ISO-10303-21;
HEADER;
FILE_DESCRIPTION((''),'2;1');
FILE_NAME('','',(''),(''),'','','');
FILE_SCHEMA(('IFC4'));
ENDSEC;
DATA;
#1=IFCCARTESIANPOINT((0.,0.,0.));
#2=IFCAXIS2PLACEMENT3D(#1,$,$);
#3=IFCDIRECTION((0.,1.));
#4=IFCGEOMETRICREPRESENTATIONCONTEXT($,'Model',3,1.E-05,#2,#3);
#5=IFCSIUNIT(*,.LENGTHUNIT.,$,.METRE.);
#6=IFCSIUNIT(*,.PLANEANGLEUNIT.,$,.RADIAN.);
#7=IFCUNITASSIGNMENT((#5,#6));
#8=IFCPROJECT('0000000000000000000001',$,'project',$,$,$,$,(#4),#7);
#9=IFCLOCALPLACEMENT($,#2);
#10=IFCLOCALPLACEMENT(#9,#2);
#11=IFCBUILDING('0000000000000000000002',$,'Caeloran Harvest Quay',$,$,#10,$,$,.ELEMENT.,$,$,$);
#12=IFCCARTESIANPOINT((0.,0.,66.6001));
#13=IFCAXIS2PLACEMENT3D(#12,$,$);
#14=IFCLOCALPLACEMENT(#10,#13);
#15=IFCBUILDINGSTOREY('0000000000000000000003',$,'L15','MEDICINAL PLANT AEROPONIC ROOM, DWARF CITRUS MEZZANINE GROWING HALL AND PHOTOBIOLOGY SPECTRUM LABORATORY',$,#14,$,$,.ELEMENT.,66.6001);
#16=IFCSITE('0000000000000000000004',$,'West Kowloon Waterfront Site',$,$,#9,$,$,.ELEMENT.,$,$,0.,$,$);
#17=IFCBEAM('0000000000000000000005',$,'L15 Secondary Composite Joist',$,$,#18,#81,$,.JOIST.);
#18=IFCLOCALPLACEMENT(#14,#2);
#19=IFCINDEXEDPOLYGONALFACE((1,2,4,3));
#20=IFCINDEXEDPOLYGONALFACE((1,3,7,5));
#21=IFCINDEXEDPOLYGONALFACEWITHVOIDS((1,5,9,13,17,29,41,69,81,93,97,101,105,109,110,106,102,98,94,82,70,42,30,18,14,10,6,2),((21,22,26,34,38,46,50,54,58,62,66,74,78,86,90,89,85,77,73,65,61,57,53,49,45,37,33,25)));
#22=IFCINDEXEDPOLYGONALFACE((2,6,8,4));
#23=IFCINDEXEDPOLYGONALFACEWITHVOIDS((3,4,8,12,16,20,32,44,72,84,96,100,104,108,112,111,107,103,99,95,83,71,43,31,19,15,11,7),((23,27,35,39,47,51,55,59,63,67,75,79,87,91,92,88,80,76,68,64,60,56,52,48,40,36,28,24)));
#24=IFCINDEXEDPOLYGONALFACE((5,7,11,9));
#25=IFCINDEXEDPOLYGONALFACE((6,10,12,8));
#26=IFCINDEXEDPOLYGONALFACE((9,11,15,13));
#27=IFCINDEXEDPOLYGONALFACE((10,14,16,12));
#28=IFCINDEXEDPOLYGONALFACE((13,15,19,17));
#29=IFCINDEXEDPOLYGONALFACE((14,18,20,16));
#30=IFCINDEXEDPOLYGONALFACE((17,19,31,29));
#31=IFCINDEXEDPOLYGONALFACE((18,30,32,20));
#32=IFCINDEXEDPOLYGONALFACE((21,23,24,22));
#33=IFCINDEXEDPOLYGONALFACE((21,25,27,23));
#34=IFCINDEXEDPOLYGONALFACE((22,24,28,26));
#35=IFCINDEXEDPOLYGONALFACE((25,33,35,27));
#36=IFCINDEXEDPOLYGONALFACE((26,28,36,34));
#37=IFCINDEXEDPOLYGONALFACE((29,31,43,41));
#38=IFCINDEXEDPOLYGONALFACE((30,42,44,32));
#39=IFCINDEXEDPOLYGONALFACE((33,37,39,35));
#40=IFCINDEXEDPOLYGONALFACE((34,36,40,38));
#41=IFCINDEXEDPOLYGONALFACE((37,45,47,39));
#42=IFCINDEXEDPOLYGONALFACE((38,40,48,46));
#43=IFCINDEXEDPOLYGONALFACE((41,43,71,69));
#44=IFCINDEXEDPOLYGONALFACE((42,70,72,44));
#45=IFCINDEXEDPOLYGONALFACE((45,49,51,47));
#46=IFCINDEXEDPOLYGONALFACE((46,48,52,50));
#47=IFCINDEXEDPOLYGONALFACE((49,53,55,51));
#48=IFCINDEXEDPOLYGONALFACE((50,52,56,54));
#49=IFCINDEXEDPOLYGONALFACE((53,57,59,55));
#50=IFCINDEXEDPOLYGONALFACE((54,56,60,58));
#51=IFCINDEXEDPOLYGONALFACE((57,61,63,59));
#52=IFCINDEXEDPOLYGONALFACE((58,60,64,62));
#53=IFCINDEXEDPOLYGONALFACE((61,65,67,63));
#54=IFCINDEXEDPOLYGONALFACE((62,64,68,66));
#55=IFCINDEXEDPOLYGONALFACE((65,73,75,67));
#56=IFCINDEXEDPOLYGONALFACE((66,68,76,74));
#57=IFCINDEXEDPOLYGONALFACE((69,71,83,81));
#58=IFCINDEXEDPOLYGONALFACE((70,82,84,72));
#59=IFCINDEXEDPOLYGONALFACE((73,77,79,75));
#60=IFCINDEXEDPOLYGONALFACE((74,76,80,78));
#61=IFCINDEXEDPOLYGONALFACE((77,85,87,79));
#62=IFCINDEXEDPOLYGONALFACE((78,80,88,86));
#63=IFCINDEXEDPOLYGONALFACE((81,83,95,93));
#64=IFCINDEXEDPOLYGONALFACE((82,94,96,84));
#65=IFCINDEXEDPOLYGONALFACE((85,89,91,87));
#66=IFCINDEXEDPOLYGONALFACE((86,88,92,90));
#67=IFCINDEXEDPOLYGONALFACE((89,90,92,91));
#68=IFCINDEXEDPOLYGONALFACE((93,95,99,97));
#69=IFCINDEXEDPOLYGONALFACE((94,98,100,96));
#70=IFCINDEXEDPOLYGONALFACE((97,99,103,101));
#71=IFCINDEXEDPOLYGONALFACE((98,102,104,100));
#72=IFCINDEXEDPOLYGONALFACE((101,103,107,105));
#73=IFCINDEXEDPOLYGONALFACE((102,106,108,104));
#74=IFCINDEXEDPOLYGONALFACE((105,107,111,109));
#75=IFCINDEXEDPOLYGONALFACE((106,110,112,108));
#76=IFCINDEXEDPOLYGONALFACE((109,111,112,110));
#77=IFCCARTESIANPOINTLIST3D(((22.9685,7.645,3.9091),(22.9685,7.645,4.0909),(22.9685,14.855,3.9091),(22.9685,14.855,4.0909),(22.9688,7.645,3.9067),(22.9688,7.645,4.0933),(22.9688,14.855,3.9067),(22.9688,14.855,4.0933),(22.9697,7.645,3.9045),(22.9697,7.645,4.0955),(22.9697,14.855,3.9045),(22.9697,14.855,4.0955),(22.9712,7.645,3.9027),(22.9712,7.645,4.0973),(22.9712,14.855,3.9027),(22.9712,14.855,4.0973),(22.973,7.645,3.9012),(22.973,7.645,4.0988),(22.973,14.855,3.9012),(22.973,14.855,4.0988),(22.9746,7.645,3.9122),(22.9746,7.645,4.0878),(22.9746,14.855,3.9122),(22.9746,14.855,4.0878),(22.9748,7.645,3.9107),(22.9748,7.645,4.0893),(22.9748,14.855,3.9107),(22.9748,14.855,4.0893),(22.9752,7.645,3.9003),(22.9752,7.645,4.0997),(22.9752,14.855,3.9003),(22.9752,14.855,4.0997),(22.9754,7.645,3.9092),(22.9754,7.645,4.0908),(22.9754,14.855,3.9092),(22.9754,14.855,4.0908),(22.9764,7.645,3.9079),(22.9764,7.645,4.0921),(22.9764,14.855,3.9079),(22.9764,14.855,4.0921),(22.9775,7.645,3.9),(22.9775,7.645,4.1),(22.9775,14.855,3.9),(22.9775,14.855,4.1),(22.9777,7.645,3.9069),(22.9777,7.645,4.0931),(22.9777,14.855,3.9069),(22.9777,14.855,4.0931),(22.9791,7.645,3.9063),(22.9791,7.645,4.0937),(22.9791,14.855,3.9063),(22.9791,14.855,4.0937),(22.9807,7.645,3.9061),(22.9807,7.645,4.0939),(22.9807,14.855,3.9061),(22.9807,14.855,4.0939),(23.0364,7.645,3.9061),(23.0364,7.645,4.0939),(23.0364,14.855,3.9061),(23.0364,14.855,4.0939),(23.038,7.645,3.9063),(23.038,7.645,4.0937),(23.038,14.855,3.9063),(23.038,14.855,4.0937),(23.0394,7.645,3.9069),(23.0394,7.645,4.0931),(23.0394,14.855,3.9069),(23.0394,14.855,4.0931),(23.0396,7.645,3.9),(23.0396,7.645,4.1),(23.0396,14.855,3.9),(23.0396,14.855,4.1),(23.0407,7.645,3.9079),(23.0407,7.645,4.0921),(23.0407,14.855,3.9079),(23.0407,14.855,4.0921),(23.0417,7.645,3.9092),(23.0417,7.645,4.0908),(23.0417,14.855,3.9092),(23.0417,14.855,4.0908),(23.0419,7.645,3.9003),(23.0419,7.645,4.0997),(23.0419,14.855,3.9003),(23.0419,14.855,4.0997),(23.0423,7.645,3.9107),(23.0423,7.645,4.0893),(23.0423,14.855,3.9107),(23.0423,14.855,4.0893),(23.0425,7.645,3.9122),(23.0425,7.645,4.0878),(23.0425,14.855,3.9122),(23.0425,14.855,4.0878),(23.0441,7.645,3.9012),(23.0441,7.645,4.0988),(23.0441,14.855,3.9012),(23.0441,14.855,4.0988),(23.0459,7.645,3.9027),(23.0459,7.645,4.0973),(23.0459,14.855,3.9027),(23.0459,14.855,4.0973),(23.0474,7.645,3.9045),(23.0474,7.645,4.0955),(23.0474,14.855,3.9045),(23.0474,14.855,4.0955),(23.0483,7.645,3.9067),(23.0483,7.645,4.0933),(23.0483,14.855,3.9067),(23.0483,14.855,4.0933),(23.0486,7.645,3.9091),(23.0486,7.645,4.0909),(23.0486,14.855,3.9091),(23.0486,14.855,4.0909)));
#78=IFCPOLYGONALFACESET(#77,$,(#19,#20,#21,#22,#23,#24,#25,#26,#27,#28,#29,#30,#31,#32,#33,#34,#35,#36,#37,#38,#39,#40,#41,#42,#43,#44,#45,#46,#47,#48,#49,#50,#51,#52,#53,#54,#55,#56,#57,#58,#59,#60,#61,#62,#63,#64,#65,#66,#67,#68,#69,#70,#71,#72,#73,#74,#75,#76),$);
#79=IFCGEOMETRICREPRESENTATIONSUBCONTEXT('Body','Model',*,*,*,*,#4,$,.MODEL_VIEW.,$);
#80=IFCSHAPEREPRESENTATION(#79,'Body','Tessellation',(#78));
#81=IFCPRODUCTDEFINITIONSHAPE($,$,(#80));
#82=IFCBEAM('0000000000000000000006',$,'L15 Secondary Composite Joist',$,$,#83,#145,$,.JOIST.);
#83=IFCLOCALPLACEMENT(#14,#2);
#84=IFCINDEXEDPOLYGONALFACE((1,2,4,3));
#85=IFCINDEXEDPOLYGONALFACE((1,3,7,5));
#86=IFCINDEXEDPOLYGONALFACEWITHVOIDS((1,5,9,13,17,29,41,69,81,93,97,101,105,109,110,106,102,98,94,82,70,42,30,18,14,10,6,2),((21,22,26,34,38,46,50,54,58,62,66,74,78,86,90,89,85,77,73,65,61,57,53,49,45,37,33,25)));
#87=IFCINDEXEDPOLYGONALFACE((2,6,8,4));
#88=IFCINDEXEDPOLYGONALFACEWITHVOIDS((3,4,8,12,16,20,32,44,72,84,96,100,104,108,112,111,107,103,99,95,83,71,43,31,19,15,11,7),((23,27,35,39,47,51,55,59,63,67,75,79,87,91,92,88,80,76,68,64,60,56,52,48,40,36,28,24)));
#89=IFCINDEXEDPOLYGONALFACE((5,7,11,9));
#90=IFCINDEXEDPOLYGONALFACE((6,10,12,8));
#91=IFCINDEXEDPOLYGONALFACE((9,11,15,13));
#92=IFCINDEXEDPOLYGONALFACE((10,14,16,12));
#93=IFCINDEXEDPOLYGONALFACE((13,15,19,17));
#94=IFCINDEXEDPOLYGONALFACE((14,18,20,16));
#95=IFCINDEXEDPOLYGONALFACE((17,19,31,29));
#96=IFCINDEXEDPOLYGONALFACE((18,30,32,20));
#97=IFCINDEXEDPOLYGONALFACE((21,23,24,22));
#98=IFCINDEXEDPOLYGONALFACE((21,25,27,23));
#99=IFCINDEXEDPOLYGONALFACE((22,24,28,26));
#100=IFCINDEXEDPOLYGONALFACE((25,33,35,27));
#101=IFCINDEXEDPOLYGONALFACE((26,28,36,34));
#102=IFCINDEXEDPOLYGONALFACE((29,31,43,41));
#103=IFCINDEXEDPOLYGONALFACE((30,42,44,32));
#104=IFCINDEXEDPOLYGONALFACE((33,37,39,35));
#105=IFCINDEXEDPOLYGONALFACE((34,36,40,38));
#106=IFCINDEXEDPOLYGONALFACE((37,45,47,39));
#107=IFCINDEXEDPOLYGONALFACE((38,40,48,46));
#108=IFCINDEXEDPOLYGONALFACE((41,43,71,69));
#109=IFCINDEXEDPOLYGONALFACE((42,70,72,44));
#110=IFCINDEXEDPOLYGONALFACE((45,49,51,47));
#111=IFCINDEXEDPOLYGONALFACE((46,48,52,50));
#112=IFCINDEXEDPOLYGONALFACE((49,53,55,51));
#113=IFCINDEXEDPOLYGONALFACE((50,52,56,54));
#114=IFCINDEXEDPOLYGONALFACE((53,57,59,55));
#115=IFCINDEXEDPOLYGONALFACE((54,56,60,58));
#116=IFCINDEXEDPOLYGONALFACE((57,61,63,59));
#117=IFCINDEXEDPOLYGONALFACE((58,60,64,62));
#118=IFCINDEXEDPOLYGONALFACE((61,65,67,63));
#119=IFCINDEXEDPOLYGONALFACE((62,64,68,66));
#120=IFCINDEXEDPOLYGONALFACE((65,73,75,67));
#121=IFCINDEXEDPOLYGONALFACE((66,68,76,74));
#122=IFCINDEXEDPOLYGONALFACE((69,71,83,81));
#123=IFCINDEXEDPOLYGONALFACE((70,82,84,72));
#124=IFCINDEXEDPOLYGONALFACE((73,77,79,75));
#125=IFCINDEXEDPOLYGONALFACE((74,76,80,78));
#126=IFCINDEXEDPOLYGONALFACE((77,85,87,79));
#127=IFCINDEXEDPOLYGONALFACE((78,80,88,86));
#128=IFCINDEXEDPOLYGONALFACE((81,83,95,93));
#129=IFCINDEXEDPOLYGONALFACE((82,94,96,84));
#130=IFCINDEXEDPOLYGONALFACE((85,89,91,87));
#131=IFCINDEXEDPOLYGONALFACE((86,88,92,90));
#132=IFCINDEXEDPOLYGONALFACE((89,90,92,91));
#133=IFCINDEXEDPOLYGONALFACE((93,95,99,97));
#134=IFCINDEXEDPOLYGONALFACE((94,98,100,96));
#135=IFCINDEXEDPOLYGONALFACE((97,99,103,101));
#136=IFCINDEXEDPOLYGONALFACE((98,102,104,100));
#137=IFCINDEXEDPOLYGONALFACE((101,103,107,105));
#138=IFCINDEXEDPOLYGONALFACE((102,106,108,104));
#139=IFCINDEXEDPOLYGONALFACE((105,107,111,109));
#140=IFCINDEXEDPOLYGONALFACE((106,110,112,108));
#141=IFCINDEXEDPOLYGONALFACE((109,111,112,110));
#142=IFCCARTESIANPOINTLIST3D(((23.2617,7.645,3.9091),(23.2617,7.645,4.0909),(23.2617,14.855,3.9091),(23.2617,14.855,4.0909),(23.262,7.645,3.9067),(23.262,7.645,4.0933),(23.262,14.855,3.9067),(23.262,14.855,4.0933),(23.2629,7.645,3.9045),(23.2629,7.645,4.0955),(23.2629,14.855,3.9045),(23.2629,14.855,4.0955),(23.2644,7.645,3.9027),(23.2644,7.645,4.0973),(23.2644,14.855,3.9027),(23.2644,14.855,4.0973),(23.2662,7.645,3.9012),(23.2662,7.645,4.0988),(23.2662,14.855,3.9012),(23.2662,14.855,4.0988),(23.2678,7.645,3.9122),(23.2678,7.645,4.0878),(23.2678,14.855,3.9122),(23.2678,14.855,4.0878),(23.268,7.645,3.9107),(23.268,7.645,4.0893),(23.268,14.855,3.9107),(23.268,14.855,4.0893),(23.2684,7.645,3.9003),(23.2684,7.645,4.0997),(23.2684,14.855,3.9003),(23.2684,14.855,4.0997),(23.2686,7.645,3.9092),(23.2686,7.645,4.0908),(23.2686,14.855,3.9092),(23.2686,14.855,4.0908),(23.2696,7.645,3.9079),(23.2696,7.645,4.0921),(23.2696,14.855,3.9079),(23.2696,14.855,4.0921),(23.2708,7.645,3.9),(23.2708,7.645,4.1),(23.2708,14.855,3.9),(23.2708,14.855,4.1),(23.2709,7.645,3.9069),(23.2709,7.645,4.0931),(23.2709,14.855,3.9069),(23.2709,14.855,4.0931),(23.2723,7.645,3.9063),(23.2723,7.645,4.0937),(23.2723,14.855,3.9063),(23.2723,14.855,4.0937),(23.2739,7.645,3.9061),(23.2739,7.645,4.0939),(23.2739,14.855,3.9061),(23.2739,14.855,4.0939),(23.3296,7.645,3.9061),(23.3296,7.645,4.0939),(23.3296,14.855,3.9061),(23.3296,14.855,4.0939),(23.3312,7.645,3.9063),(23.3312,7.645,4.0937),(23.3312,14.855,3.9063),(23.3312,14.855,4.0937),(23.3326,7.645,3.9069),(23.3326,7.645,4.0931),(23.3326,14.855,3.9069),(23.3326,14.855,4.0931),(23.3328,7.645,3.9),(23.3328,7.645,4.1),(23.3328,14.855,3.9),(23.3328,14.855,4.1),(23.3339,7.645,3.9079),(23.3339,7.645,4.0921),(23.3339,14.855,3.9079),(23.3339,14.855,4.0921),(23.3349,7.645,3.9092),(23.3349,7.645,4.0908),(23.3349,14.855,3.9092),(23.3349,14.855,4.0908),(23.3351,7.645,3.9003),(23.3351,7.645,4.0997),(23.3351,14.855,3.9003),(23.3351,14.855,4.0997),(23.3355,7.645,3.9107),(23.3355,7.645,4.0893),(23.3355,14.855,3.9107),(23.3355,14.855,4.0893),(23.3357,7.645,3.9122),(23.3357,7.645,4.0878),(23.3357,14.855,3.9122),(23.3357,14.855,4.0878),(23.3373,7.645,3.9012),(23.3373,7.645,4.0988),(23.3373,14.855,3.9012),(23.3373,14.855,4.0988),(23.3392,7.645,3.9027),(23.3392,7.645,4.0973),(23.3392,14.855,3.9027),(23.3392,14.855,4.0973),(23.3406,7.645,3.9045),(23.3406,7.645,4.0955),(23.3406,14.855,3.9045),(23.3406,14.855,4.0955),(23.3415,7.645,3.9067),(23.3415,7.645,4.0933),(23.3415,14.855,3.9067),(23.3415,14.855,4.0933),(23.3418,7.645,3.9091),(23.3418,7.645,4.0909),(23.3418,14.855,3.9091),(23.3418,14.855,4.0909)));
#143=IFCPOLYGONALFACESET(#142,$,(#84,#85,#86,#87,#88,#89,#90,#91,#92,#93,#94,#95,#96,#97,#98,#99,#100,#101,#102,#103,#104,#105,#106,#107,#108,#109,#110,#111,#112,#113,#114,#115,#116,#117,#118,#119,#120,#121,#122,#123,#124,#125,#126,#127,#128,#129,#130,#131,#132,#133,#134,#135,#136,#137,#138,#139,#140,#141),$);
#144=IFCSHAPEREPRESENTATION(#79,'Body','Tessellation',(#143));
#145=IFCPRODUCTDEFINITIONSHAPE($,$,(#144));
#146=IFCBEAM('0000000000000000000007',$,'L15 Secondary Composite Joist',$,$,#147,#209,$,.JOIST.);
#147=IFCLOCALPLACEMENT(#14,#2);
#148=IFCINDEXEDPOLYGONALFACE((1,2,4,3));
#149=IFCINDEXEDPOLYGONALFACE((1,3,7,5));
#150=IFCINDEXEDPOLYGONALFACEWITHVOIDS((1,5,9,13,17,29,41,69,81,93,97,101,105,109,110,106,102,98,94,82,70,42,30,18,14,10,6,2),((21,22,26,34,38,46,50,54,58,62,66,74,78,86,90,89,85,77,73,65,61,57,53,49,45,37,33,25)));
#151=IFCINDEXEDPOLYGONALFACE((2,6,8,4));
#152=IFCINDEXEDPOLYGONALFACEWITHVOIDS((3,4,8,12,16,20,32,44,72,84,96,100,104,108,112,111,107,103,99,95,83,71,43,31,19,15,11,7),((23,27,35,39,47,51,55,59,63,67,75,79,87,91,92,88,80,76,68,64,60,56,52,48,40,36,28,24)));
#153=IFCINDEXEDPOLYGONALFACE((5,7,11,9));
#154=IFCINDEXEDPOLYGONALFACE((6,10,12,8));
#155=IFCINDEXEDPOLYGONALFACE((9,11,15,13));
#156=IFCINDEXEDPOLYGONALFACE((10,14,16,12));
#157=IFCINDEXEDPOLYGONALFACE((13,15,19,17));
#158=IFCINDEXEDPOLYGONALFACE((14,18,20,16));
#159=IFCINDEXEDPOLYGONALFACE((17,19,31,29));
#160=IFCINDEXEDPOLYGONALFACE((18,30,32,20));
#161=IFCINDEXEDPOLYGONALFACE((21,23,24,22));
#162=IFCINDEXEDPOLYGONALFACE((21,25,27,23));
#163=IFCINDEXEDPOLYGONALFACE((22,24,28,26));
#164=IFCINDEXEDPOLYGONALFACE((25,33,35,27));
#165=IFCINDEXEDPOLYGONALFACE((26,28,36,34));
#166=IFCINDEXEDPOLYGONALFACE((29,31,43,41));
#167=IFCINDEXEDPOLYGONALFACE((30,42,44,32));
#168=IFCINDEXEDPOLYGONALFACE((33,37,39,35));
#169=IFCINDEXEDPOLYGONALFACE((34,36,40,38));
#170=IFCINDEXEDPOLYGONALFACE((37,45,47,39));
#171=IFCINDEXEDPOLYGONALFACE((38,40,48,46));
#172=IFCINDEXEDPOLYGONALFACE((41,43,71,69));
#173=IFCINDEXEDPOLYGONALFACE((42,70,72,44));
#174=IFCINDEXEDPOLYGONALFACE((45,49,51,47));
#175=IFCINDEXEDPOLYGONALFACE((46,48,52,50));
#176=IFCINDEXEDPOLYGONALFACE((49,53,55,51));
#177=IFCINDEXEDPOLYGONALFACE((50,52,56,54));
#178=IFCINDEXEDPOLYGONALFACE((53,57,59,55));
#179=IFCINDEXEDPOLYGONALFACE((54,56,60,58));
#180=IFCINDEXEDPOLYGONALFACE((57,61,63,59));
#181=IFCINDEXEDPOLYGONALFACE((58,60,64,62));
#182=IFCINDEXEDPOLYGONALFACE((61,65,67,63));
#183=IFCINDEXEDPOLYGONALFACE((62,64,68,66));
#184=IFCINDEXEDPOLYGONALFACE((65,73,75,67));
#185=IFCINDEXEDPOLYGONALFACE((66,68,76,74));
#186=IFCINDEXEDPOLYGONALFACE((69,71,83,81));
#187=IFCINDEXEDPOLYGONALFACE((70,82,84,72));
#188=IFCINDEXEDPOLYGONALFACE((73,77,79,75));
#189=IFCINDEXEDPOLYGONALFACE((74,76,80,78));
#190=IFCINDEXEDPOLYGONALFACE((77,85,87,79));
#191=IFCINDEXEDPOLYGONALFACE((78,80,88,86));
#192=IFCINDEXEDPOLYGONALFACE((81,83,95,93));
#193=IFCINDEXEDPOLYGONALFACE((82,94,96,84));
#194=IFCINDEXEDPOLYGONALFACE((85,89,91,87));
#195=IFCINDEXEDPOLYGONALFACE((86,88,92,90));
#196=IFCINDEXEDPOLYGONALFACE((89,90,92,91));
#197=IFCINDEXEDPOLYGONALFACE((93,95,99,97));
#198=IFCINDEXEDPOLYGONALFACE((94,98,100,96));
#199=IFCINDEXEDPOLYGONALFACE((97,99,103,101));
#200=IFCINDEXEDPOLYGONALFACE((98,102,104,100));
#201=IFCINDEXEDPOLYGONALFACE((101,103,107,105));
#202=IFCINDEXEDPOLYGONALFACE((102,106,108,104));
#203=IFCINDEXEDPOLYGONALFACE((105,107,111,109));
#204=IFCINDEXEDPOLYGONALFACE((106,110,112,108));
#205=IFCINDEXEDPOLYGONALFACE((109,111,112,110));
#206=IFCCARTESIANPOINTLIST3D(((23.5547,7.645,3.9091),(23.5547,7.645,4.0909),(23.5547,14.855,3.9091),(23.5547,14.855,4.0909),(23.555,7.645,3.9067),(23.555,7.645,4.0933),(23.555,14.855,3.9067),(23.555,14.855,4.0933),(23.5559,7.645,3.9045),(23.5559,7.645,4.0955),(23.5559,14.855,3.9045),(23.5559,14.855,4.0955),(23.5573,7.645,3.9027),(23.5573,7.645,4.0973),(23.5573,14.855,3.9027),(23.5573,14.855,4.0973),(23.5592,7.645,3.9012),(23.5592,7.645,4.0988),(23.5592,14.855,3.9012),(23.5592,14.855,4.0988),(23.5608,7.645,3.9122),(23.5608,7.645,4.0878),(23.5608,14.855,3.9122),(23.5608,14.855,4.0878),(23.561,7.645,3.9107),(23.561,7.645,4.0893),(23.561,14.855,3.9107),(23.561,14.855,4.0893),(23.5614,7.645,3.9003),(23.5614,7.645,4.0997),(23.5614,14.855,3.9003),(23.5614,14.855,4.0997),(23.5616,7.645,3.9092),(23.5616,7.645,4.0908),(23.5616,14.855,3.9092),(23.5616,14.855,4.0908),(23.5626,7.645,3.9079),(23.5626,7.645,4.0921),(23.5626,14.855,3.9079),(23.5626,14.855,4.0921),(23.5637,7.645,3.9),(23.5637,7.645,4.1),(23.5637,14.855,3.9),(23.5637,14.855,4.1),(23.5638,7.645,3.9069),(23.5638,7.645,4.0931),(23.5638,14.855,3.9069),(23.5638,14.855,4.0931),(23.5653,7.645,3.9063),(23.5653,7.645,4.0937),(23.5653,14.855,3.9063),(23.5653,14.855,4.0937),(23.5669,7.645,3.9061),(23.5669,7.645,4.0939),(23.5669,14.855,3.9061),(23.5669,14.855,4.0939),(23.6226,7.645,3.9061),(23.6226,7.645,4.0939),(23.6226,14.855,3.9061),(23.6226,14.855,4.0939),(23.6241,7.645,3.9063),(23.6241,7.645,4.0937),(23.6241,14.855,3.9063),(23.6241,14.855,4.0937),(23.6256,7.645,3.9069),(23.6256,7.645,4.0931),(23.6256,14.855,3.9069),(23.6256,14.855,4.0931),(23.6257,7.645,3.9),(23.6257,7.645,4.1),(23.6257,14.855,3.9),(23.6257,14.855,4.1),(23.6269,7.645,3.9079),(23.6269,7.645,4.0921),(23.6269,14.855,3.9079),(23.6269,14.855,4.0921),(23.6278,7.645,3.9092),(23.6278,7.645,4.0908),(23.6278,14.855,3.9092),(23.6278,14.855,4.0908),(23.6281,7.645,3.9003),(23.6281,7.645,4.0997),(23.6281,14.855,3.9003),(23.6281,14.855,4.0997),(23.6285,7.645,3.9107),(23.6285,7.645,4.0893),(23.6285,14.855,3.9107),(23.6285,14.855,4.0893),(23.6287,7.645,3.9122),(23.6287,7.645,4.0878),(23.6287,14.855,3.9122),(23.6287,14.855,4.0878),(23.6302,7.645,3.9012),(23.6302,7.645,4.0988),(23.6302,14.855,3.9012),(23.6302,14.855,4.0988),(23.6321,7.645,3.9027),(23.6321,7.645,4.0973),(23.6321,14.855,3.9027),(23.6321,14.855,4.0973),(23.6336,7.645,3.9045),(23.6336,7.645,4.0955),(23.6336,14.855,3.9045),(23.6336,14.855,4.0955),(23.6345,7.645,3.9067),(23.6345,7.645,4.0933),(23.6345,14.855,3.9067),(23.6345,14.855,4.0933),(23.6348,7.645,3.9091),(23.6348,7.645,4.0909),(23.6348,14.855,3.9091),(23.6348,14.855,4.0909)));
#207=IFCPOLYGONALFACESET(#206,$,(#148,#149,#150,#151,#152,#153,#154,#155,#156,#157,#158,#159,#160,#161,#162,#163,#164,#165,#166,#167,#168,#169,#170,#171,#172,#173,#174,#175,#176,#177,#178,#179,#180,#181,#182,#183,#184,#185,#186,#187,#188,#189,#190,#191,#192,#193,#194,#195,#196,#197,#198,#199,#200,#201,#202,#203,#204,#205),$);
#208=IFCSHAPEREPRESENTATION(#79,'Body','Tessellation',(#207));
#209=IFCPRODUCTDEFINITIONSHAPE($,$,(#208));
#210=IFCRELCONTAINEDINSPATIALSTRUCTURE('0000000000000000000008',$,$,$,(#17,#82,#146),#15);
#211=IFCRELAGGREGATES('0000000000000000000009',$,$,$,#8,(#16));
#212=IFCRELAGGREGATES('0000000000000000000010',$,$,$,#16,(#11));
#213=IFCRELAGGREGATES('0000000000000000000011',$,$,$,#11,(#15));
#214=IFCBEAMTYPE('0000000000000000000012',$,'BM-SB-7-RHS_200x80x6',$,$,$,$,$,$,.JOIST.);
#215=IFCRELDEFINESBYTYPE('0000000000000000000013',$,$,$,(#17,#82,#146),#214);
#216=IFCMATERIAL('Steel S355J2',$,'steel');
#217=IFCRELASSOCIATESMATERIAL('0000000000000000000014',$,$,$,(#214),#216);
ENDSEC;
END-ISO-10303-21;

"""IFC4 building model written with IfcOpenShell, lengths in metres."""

from ifc_helpers import new_model, si_unit, direction, frame, origin, origin_2d, place, context, subcontext, project, spatial, hollow_rectangle, extrude, material, material_profile, profile_set, type_object, element, save


model = new_model("IFC4")

# Units and contexts
model_context = context("Model", 3, precision=1e-05, world=origin(), true_north=direction((0.0, 1.0)))
body_context = subcontext(model_context, "Body", "Model", "MODEL_VIEW")
ifc_project = project(units=[si_unit("LENGTHUNIT", "METRE"), si_unit("PLANEANGLEUNIT", "RADIAN")], contexts=[model_context])

# Site, building, storey
site_placement = place(None, origin())
site = spatial("IfcSite", under=ifc_project, at=site_placement, Name="West Kowloon Waterfront Site", CompositionType="ELEMENT", RefElevation=0.0)
building_placement = place(site_placement, origin())
building = spatial("IfcBuilding", under=site, at=building_placement, Name="Caeloran Harvest Quay", CompositionType="ELEMENT")
storey_placement = place(building_placement, frame((0.0, 0.0, 66.6001)))
storey = spatial("IfcBuildingStorey", under=building, at=storey_placement, Name="L15", Description="MEDICINAL PLANT AEROPONIC ROOM, DWARF CITRUS MEZZANINE GROWING HALL AND PHOTOBIOLOGY SPECTRUM LABORATORY", CompositionType="ELEMENT", Elevation=66.6001)

# Beams
ifc_material_1 = material(Name="Steel S355J2", Category="steel")
ifc_material_profile_1 = material_profile(ifc_material_1, hollow_rectangle(XDim=0.0801, YDim=0.2, WallThickness=0.0061, InnerFilletRadius=0.0061, OuterFilletRadius=0.009, at=origin_2d()), Name="RHS 200x80x6")
ifc_profile_set_1 = profile_set([ifc_material_profile_1], Name="Steel S355J2")
beam_type_1 = type_object("IfcBeamType", Name="BM-SB-7-RHS_200x80x6", PredefinedType="JOIST", material=ifc_profile_set_1)
for number, where, z_axis, x_axis, name in (
    (1, (23.0085, 7.645, 4.0), (0.0, 1.0, 0.0), (-1.0, 0.0, 0.0), "L15 Secondary Composite Joist"),
    (2, (23.3018, 7.645, 4.0), (0.0, 1.0, 0.0), (-1.0, 0.0, 0.0), "L15 Secondary Composite Joist"),
    (3, (23.5947, 7.645, 4.0), (0.0, 1.0, 0.0), (-1.0, 0.0, 0.0), "L15 Secondary Composite Joist"),
):
    element("IfcBeam", number, at=place(storey_placement, frame(where, z_axis=z_axis, x_axis=x_axis)), inside=storey, type_object=beam_type_1, Name=name, PredefinedType="JOIST", context=body_context, shape_type="SweptSolid", body=[
        extrude(hollow_rectangle(XDim=0.0801, YDim=0.2, WallThickness=0.0061, InnerFilletRadius=0.0061, OuterFilletRadius=0.009, at=origin_2d()), origin(), (0.0, 0.0, 1.0), 7.21),
    ])

save(model, "model.ifc")
